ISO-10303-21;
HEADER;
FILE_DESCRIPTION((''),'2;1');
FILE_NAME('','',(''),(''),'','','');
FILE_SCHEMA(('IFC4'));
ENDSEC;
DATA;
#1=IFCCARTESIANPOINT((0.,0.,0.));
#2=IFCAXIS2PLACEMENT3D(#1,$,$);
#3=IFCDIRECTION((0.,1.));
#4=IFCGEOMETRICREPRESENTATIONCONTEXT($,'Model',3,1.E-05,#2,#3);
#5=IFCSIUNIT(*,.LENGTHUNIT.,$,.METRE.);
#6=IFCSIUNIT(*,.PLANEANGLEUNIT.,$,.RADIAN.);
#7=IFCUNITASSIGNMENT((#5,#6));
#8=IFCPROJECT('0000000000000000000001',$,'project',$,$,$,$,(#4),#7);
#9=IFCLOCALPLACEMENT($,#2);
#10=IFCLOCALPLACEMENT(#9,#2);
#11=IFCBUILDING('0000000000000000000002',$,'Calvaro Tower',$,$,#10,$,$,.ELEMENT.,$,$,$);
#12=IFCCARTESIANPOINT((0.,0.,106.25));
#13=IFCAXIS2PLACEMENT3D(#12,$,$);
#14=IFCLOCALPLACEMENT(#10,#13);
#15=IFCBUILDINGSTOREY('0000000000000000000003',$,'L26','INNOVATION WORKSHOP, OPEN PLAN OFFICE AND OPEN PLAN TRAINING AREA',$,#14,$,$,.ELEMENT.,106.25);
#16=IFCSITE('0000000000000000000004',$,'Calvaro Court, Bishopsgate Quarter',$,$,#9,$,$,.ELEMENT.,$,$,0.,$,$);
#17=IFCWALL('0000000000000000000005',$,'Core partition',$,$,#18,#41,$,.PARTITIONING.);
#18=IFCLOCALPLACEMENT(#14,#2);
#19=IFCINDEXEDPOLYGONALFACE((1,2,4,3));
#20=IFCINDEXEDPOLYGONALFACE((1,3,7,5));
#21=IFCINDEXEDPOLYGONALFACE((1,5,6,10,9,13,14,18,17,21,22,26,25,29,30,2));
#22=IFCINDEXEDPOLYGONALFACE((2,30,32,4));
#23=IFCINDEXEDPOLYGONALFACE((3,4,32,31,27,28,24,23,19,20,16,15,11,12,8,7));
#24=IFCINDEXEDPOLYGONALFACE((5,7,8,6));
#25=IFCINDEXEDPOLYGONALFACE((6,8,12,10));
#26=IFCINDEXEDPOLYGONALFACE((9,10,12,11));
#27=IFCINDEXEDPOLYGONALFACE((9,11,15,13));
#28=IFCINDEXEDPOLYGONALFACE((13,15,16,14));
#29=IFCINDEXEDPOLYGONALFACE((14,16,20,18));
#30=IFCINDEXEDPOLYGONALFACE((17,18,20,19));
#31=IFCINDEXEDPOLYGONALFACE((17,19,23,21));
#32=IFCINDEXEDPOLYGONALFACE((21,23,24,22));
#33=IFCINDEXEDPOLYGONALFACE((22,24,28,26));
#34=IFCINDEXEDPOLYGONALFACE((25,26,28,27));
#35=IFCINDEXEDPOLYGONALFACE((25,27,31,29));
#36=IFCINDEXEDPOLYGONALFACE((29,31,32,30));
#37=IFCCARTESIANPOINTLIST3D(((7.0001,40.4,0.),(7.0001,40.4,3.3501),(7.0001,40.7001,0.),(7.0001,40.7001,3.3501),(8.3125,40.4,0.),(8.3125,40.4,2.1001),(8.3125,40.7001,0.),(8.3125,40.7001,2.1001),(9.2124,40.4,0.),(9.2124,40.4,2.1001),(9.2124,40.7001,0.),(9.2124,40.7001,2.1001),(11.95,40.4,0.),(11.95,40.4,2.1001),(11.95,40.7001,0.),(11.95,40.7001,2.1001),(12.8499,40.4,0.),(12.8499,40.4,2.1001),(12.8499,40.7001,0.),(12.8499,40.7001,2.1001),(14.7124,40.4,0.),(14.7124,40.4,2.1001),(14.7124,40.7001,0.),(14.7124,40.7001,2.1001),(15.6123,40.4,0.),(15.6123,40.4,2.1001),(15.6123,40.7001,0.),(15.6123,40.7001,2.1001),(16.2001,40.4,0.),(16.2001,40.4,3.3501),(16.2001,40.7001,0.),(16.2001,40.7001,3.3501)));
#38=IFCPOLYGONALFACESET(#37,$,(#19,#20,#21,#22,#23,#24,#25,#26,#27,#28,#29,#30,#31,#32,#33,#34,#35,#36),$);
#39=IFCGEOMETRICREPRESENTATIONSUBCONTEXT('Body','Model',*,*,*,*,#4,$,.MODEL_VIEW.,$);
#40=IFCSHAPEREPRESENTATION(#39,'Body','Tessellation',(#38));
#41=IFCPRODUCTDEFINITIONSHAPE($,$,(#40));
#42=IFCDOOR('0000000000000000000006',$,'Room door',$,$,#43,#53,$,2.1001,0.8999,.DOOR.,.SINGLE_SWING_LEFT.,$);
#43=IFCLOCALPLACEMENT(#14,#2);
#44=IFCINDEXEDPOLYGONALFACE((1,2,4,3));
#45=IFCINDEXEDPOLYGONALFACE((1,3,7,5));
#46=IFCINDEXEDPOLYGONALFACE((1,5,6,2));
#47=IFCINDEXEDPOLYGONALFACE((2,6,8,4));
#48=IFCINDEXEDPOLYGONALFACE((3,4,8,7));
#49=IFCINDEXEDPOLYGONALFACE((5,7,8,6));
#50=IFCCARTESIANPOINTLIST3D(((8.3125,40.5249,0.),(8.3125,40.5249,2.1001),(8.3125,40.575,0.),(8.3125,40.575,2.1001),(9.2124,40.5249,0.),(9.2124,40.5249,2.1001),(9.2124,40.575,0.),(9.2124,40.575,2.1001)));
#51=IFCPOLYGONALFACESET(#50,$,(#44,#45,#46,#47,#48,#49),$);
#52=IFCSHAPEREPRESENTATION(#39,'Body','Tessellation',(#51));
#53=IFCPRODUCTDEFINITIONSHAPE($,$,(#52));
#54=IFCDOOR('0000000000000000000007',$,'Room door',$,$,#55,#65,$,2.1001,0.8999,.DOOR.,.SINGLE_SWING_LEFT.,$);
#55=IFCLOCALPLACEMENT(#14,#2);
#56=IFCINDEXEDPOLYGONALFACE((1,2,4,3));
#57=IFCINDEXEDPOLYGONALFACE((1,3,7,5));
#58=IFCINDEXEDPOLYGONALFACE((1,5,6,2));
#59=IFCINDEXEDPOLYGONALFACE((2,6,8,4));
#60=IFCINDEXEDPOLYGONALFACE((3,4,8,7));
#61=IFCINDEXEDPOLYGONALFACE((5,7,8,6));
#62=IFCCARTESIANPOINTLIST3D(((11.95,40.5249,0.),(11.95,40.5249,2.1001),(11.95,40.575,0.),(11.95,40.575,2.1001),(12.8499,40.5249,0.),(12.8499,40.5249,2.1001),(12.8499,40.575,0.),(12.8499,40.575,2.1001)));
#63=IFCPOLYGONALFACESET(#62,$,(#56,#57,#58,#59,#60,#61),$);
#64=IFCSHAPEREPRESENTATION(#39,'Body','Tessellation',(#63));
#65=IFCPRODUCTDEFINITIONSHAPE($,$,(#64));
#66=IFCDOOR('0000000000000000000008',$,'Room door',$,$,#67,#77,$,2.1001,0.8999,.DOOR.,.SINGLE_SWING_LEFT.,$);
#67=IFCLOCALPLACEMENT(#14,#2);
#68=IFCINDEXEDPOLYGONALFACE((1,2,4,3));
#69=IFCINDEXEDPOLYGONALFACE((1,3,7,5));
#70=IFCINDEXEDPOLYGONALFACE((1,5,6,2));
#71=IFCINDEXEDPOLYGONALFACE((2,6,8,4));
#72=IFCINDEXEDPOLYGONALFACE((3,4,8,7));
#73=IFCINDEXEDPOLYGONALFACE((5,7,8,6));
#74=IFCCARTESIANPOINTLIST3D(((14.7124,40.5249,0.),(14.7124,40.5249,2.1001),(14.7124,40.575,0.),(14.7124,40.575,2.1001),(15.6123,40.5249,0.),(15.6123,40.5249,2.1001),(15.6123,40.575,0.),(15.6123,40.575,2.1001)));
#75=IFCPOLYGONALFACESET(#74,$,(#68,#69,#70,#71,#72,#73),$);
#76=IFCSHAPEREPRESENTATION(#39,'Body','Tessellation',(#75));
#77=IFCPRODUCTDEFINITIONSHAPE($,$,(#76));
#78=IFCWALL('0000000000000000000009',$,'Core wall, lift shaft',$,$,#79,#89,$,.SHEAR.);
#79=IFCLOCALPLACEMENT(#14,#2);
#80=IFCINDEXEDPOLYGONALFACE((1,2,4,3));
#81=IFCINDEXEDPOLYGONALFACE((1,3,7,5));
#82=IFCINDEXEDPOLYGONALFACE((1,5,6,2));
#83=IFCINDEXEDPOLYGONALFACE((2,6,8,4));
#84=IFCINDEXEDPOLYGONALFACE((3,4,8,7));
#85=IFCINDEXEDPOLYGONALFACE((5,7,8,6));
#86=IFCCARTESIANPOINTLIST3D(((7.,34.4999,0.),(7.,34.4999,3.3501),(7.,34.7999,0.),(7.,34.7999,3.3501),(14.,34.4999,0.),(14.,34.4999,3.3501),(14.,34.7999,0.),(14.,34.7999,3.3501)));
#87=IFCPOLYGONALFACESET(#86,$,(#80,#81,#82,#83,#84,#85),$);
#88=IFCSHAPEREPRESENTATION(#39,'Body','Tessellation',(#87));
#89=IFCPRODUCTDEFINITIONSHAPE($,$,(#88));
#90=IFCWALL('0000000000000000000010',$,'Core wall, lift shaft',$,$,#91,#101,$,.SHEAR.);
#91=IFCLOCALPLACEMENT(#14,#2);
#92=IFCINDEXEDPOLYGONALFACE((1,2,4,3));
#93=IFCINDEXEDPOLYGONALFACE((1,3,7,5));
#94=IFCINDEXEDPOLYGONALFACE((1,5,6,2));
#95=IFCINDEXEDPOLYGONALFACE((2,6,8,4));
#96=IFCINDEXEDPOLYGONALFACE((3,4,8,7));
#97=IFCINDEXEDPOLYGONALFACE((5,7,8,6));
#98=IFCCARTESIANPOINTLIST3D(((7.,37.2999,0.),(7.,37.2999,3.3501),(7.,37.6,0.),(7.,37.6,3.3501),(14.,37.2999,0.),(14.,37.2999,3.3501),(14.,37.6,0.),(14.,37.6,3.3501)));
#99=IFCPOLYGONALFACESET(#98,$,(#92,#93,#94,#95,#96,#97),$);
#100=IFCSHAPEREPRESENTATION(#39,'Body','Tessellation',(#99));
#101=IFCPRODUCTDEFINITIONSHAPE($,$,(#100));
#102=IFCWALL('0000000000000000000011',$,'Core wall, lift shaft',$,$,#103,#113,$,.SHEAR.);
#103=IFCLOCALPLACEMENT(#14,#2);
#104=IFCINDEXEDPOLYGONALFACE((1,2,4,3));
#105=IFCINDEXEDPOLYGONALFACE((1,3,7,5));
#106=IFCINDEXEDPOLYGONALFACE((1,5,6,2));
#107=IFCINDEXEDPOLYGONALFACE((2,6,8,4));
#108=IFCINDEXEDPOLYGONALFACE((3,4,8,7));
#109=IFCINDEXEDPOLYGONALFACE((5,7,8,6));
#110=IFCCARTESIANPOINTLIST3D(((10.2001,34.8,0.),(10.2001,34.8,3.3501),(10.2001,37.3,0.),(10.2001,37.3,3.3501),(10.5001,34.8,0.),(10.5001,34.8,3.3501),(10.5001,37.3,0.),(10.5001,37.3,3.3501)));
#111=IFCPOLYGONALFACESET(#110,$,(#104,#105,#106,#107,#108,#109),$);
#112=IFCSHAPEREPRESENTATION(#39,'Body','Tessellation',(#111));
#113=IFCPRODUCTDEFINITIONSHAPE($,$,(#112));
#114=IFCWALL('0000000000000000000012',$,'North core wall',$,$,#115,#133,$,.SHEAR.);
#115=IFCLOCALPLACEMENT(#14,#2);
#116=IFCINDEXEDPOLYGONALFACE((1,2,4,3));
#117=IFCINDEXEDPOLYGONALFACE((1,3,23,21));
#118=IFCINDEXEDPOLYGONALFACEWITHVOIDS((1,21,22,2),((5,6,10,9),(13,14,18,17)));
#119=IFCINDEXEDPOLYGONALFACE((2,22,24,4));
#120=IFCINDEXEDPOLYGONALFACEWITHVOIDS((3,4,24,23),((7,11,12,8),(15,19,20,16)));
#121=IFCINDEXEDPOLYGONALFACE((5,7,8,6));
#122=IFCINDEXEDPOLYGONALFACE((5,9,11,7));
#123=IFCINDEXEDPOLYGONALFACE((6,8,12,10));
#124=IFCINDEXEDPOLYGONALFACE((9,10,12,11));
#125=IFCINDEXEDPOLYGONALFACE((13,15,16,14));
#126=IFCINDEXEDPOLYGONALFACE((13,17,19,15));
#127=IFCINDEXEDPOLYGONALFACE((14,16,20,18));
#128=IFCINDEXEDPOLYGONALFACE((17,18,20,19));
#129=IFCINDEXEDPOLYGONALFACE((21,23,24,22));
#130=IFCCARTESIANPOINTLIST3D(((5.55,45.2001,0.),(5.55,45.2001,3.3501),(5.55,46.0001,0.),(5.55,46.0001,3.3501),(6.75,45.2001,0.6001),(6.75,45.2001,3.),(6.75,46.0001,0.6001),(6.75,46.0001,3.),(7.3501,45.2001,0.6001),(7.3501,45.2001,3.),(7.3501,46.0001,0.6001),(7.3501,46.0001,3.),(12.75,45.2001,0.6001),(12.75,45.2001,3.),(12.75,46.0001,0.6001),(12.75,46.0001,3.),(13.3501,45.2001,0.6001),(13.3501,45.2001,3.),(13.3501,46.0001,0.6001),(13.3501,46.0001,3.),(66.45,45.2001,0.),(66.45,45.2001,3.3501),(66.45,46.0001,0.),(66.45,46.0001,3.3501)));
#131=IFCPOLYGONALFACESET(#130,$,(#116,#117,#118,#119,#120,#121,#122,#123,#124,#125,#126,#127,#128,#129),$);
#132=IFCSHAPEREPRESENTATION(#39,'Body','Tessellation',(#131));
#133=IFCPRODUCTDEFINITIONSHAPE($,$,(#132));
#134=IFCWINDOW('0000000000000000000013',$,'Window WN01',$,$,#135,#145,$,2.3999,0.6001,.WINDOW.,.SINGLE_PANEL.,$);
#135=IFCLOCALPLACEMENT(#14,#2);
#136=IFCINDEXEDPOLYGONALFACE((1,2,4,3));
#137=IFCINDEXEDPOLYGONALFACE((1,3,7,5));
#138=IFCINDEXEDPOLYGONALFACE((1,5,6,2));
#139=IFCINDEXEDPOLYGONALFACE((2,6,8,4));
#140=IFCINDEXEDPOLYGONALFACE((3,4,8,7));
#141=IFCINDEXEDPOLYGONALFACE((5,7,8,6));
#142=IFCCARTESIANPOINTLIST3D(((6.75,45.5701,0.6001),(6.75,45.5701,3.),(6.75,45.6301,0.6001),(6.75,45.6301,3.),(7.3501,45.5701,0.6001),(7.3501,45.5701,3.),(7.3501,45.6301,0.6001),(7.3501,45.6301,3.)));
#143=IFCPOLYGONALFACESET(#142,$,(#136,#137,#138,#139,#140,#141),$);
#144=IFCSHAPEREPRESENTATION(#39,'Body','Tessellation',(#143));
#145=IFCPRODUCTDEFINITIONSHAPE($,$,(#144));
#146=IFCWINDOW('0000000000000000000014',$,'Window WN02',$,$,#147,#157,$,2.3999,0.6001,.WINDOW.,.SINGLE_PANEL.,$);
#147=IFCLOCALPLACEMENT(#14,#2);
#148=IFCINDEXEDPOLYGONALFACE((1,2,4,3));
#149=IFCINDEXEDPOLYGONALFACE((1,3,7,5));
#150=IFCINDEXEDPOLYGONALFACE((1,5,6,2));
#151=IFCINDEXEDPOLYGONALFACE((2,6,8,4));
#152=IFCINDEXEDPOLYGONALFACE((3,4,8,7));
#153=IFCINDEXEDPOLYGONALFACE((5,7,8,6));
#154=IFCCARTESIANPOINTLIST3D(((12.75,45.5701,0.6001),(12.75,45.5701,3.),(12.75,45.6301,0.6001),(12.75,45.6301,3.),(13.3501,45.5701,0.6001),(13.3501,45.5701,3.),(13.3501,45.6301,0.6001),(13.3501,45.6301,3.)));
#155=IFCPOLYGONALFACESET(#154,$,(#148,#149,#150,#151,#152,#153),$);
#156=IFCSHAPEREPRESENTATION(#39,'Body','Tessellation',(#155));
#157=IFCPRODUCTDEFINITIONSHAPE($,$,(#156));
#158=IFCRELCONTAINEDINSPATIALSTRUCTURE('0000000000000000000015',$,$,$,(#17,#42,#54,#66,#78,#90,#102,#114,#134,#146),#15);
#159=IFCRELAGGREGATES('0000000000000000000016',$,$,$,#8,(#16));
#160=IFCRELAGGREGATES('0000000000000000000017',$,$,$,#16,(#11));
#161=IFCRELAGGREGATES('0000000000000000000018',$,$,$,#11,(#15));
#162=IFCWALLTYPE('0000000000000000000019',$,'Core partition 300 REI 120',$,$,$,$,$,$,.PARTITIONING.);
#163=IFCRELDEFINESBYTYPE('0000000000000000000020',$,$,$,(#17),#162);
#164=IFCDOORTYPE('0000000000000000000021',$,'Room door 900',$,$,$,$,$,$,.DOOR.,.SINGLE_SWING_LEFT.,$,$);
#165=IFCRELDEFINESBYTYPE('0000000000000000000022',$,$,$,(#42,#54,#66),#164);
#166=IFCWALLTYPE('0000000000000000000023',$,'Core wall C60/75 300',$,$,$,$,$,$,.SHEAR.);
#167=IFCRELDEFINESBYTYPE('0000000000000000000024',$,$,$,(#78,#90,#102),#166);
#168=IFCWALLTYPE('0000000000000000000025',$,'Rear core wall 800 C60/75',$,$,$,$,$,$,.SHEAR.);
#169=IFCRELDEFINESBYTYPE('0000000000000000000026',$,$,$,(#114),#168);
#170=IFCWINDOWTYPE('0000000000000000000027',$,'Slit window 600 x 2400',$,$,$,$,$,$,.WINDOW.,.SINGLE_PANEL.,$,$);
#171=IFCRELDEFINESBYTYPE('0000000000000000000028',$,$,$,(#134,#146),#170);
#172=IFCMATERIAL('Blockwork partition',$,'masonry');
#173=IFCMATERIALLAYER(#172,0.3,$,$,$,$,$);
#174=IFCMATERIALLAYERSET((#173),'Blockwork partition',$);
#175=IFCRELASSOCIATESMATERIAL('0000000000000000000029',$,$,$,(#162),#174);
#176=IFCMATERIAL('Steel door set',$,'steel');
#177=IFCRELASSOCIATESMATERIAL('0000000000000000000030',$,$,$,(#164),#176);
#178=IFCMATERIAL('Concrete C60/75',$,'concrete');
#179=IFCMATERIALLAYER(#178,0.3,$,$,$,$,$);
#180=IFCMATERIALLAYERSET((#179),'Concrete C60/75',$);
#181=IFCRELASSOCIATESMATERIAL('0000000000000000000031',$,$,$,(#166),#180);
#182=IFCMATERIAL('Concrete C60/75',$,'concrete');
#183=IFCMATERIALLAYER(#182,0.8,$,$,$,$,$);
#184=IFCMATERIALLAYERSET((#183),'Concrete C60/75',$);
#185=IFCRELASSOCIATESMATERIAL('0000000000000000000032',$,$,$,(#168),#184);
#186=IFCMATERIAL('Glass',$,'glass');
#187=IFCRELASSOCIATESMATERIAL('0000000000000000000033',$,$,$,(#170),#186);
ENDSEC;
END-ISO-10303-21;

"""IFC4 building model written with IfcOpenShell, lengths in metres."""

from ifc_helpers import new_model, si_unit, direction, frame, frame_2d, origin, place, context, subcontext, project, spatial, rectangle, extrude, material, layer, layer_set, type_object, element, fill, save


model = new_model("IFC4")

# Units and contexts
model_context = context("Model", 3, precision=1e-05, world=origin(), true_north=direction((0.0, 1.0)))
body_context = subcontext(model_context, "Body", "Model", "MODEL_VIEW")
ifc_project = project(units=[si_unit("LENGTHUNIT", "METRE"), si_unit("PLANEANGLEUNIT", "RADIAN")], contexts=[model_context])

# Site, building, storey
site_placement = place(None, origin())
site = spatial("IfcSite", under=ifc_project, at=site_placement, Name="Calvaro Court, Bishopsgate Quarter", CompositionType="ELEMENT", RefElevation=0.0)
building_placement = place(site_placement, origin())
building = spatial("IfcBuilding", under=site, at=building_placement, Name="Calvaro Tower", CompositionType="ELEMENT")
storey_placement = place(building_placement, frame((0.0, 0.0, 106.25)))
storey = spatial("IfcBuildingStorey", under=building, at=storey_placement, Name="L26", Description="INNOVATION WORKSHOP, OPEN PLAN OFFICE AND OPEN PLAN TRAINING AREA", CompositionType="ELEMENT", Elevation=106.25)

# Wall, openings, doors
ifc_material_1 = material(Name="Blockwork partition", Category="masonry")
ifc_layer_1 = layer(ifc_material_1, 0.3)
ifc_layer_set_1 = layer_set([ifc_layer_1], Name="Blockwork partition")
wall_type_1 = type_object("IfcWallType", Name="Core partition 300 REI 120", PredefinedType="PARTITIONING", material=ifc_layer_set_1)
wall_1_placement = place(storey_placement, frame((7.0, 40.55, 0.0), z_axis=(0.0, 0.0, 1.0), x_axis=(1.0, 0.0, 0.0)))
wall_1 = element("IfcWall", 1, at=wall_1_placement, inside=storey, type_object=wall_type_1, Name="Core partition", PredefinedType="PARTITIONING", context=body_context, shape_type="SweptSolid", body=[
    extrude(rectangle(XDim=9.2, YDim=0.3, at=frame_2d((4.6001, 0.0))), origin(), (0.0, 0.0, 1.0), 3.3501),
])
opening_1_placement = place(wall_1_placement, frame((1.3125, 0.0, 0.0)))
opening_1 = element("IfcOpeningElement", 2, at=opening_1_placement, cuts=wall_1, PredefinedType="OPENING", context=body_context, shape_type="SweptSolid", body=[
    extrude(rectangle(XDim=0.8999, YDim=2.1001, at=frame_2d((0.45, 1.05))), frame((0.0, 0.1599, 0.0), z_axis=(0.0, -1.0, 0.0), x_axis=(1.0, 0.0, 0.0)), (0.0, 0.0, 1.0), 0.3201),
])
opening_2_placement = place(wall_1_placement, frame((4.95, 0.0, 0.0)))
opening_2 = element("IfcOpeningElement", 3, at=opening_2_placement, cuts=wall_1, PredefinedType="OPENING", context=body_context, shape_type="SweptSolid", body=[
    extrude(rectangle(XDim=0.8999, YDim=2.1001, at=frame_2d((0.45, 1.05))), frame((0.0, 0.1599, 0.0), z_axis=(0.0, -1.0, 0.0), x_axis=(1.0, 0.0, 0.0)), (0.0, 0.0, 1.0), 0.3201),
])
opening_3_placement = place(wall_1_placement, frame((7.7124, 0.0, 0.0)))
opening_3 = element("IfcOpeningElement", 4, at=opening_3_placement, cuts=wall_1, PredefinedType="OPENING", context=body_context, shape_type="SweptSolid", body=[
    extrude(rectangle(XDim=0.8999, YDim=2.1001, at=frame_2d((0.45, 1.05))), frame((0.0, 0.1599, 0.0), z_axis=(0.0, -1.0, 0.0), x_axis=(1.0, 0.0, 0.0)), (0.0, 0.0, 1.0), 0.3201),
])
ifc_material_2 = material(Name="Steel door set", Category="steel")
door_type = type_object("IfcDoorType", Name="Room door 900", OperationType="SINGLE_SWING_LEFT", PredefinedType="DOOR", material=ifc_material_2)
door_1_placement = place(opening_1_placement, origin())
door_1 = element("IfcDoor", 5, at=door_1_placement, inside=storey, type_object=door_type, Name="Room door", OperationType="SINGLE_SWING_LEFT", OverallHeight=2.1001, OverallWidth=0.8999, PredefinedType="DOOR", context=body_context, shape_type="SweptSolid", body=[
    extrude(rectangle(XDim=0.8999, YDim=2.1001, at=frame_2d((0.45, 1.05))), frame((0.0, 0.0249, 0.0), z_axis=(0.0, -1.0, 0.0), x_axis=(1.0, 0.0, 0.0)), (0.0, 0.0, 1.0), 0.05),
])
fill(opening_1, door_1)
door_2_placement = place(opening_2_placement, origin())
door_2 = element("IfcDoor", 6, at=door_2_placement, inside=storey, type_object=door_type, Name="Room door", OperationType="SINGLE_SWING_LEFT", OverallHeight=2.1001, OverallWidth=0.8999, PredefinedType="DOOR", context=body_context, shape_type="SweptSolid", body=[
    extrude(rectangle(XDim=0.8999, YDim=2.1001, at=frame_2d((0.45, 1.05))), frame((0.0, 0.0249, 0.0), z_axis=(0.0, -1.0, 0.0), x_axis=(1.0, 0.0, 0.0)), (0.0, 0.0, 1.0), 0.05),
])
fill(opening_2, door_2)
door_3_placement = place(opening_3_placement, origin())
door_3 = element("IfcDoor", 7, at=door_3_placement, inside=storey, type_object=door_type, Name="Room door", OperationType="SINGLE_SWING_LEFT", OverallHeight=2.1001, OverallWidth=0.8999, PredefinedType="DOOR", context=body_context, shape_type="SweptSolid", body=[
    extrude(rectangle(XDim=0.8999, YDim=2.1001, at=frame_2d((0.45, 1.05))), frame((0.0, 0.0249, 0.0), z_axis=(0.0, -1.0, 0.0), x_axis=(1.0, 0.0, 0.0)), (0.0, 0.0, 1.0), 0.05),
])
fill(opening_3, door_3)

# Walls
ifc_material_3 = material(Name="Concrete C60/75", Category="concrete")
ifc_layer_2 = layer(ifc_material_3, 0.3)
ifc_layer_set_2 = layer_set([ifc_layer_2], Name="Concrete C60/75")
wall_type_2 = type_object("IfcWallType", Name="Core wall C60/75 300", PredefinedType="SHEAR", material=ifc_layer_set_2)
for number, where, z_axis, x_axis, name in (
    (8, (7.0, 34.6499, 0.0), (0.0, 0.0, 1.0), (1.0, 0.0, 0.0), "Core wall, lift shaft"),
    (9, (7.0, 37.45, 0.0), (0.0, 0.0, 1.0), (1.0, 0.0, 0.0), "Core wall, lift shaft"),
):
    element("IfcWall", number, at=place(storey_placement, frame(where, z_axis=z_axis, x_axis=x_axis)), inside=storey, type_object=wall_type_2, Name=name, PredefinedType="SHEAR", context=body_context, shape_type="SweptSolid", body=[
        extrude(rectangle(XDim=7.0, YDim=0.3, at=frame_2d((3.5, 0.0))), origin(), (0.0, 0.0, 1.0), 3.3501),
    ])
wall_2_placement = place(storey_placement, frame((10.3501, 34.8, 0.0), z_axis=(0.0, 0.0, 1.0), x_axis=(0.0, 1.0, 0.0)))
element("IfcWall", 10, at=wall_2_placement, inside=storey, type_object=wall_type_2, Name="Core wall, lift shaft", PredefinedType="SHEAR", context=body_context, shape_type="SweptSolid", body=[
    extrude(rectangle(XDim=2.5, YDim=0.3, at=frame_2d((1.25, 0.0))), origin(), (0.0, 0.0, 1.0), 3.3501),
])

# Wall, openings, windows
ifc_material_4 = material(Name="Concrete C60/75", Category="concrete")
ifc_layer_3 = layer(ifc_material_4, 0.8)
ifc_layer_set_3 = layer_set([ifc_layer_3], Name="Concrete C60/75")
wall_type_3 = type_object("IfcWallType", Name="Rear core wall 800 C60/75", PredefinedType="SHEAR", material=ifc_layer_set_3)
wall_3_placement = place(storey_placement, frame((5.55, 45.6001, 0.0), z_axis=(0.0, 0.0, 1.0), x_axis=(1.0, 0.0, 0.0)))
wall_3 = element("IfcWall", 11, at=wall_3_placement, inside=storey, type_object=wall_type_3, Name="North core wall", PredefinedType="SHEAR", context=body_context, shape_type="SweptSolid", body=[
    extrude(rectangle(XDim=60.8999, YDim=0.8, at=frame_2d((30.45, 0.0))), origin(), (0.0, 0.0, 1.0), 3.3501),
])
opening_4_placement = place(wall_3_placement, frame((1.2, 0.0, 0.6001)))
opening_4 = element("IfcOpeningElement", 12, at=opening_4_placement, cuts=wall_3, PredefinedType="OPENING", context=body_context, shape_type="SweptSolid", body=[
    extrude(rectangle(XDim=0.6001, YDim=2.3999, at=frame_2d((0.3, 1.2))), frame((0.0, 0.4099, 0.0), z_axis=(0.0, -1.0, 0.0), x_axis=(1.0, 0.0, 0.0)), (0.0, 0.0, 1.0), 0.8201),
])
opening_5_placement = place(wall_3_placement, frame((7.2, 0.0, 0.6001)))
opening_5 = element("IfcOpeningElement", 13, at=opening_5_placement, cuts=wall_3, PredefinedType="OPENING", context=body_context, shape_type="SweptSolid", body=[
    extrude(rectangle(XDim=0.6001, YDim=2.3999, at=frame_2d((0.3, 1.2))), frame((0.0, 0.4099, 0.0), z_axis=(0.0, -1.0, 0.0), x_axis=(1.0, 0.0, 0.0)), (0.0, 0.0, 1.0), 0.8201),
])
ifc_material_5 = material(Name="Glass", Category="glass")
window_type = type_object("IfcWindowType", Name="Slit window 600 x 2400", PartitioningType="SINGLE_PANEL", PredefinedType="WINDOW", material=ifc_material_5)
window_1_placement = place(opening_4_placement, origin())
window_1 = element("IfcWindow", 14, at=window_1_placement, inside=storey, type_object=window_type, Name="Window WN01", OverallHeight=2.3999, OverallWidth=0.6001, PartitioningType="SINGLE_PANEL", PredefinedType="WINDOW", context=body_context, shape_type="SweptSolid", body=[
    extrude(rectangle(XDim=0.6001, YDim=2.3999, at=frame_2d((0.3, 1.2))), frame((0.0, 0.03, 0.0), z_axis=(0.0, -1.0, 0.0), x_axis=(1.0, 0.0, 0.0)), (0.0, 0.0, 1.0), 0.0601),
])
fill(opening_4, window_1)
window_2_placement = place(opening_5_placement, origin())
window_2 = element("IfcWindow", 15, at=window_2_placement, inside=storey, type_object=window_type, Name="Window WN02", OverallHeight=2.3999, OverallWidth=0.6001, PartitioningType="SINGLE_PANEL", PredefinedType="WINDOW", context=body_context, shape_type="SweptSolid", body=[
    extrude(rectangle(XDim=0.6001, YDim=2.3999, at=frame_2d((0.3, 1.2))), frame((0.0, 0.03, 0.0), z_axis=(0.0, -1.0, 0.0), x_axis=(1.0, 0.0, 0.0)), (0.0, 0.0, 1.0), 0.0601),
])
fill(opening_5, window_2)

save(model, "model.ifc")
